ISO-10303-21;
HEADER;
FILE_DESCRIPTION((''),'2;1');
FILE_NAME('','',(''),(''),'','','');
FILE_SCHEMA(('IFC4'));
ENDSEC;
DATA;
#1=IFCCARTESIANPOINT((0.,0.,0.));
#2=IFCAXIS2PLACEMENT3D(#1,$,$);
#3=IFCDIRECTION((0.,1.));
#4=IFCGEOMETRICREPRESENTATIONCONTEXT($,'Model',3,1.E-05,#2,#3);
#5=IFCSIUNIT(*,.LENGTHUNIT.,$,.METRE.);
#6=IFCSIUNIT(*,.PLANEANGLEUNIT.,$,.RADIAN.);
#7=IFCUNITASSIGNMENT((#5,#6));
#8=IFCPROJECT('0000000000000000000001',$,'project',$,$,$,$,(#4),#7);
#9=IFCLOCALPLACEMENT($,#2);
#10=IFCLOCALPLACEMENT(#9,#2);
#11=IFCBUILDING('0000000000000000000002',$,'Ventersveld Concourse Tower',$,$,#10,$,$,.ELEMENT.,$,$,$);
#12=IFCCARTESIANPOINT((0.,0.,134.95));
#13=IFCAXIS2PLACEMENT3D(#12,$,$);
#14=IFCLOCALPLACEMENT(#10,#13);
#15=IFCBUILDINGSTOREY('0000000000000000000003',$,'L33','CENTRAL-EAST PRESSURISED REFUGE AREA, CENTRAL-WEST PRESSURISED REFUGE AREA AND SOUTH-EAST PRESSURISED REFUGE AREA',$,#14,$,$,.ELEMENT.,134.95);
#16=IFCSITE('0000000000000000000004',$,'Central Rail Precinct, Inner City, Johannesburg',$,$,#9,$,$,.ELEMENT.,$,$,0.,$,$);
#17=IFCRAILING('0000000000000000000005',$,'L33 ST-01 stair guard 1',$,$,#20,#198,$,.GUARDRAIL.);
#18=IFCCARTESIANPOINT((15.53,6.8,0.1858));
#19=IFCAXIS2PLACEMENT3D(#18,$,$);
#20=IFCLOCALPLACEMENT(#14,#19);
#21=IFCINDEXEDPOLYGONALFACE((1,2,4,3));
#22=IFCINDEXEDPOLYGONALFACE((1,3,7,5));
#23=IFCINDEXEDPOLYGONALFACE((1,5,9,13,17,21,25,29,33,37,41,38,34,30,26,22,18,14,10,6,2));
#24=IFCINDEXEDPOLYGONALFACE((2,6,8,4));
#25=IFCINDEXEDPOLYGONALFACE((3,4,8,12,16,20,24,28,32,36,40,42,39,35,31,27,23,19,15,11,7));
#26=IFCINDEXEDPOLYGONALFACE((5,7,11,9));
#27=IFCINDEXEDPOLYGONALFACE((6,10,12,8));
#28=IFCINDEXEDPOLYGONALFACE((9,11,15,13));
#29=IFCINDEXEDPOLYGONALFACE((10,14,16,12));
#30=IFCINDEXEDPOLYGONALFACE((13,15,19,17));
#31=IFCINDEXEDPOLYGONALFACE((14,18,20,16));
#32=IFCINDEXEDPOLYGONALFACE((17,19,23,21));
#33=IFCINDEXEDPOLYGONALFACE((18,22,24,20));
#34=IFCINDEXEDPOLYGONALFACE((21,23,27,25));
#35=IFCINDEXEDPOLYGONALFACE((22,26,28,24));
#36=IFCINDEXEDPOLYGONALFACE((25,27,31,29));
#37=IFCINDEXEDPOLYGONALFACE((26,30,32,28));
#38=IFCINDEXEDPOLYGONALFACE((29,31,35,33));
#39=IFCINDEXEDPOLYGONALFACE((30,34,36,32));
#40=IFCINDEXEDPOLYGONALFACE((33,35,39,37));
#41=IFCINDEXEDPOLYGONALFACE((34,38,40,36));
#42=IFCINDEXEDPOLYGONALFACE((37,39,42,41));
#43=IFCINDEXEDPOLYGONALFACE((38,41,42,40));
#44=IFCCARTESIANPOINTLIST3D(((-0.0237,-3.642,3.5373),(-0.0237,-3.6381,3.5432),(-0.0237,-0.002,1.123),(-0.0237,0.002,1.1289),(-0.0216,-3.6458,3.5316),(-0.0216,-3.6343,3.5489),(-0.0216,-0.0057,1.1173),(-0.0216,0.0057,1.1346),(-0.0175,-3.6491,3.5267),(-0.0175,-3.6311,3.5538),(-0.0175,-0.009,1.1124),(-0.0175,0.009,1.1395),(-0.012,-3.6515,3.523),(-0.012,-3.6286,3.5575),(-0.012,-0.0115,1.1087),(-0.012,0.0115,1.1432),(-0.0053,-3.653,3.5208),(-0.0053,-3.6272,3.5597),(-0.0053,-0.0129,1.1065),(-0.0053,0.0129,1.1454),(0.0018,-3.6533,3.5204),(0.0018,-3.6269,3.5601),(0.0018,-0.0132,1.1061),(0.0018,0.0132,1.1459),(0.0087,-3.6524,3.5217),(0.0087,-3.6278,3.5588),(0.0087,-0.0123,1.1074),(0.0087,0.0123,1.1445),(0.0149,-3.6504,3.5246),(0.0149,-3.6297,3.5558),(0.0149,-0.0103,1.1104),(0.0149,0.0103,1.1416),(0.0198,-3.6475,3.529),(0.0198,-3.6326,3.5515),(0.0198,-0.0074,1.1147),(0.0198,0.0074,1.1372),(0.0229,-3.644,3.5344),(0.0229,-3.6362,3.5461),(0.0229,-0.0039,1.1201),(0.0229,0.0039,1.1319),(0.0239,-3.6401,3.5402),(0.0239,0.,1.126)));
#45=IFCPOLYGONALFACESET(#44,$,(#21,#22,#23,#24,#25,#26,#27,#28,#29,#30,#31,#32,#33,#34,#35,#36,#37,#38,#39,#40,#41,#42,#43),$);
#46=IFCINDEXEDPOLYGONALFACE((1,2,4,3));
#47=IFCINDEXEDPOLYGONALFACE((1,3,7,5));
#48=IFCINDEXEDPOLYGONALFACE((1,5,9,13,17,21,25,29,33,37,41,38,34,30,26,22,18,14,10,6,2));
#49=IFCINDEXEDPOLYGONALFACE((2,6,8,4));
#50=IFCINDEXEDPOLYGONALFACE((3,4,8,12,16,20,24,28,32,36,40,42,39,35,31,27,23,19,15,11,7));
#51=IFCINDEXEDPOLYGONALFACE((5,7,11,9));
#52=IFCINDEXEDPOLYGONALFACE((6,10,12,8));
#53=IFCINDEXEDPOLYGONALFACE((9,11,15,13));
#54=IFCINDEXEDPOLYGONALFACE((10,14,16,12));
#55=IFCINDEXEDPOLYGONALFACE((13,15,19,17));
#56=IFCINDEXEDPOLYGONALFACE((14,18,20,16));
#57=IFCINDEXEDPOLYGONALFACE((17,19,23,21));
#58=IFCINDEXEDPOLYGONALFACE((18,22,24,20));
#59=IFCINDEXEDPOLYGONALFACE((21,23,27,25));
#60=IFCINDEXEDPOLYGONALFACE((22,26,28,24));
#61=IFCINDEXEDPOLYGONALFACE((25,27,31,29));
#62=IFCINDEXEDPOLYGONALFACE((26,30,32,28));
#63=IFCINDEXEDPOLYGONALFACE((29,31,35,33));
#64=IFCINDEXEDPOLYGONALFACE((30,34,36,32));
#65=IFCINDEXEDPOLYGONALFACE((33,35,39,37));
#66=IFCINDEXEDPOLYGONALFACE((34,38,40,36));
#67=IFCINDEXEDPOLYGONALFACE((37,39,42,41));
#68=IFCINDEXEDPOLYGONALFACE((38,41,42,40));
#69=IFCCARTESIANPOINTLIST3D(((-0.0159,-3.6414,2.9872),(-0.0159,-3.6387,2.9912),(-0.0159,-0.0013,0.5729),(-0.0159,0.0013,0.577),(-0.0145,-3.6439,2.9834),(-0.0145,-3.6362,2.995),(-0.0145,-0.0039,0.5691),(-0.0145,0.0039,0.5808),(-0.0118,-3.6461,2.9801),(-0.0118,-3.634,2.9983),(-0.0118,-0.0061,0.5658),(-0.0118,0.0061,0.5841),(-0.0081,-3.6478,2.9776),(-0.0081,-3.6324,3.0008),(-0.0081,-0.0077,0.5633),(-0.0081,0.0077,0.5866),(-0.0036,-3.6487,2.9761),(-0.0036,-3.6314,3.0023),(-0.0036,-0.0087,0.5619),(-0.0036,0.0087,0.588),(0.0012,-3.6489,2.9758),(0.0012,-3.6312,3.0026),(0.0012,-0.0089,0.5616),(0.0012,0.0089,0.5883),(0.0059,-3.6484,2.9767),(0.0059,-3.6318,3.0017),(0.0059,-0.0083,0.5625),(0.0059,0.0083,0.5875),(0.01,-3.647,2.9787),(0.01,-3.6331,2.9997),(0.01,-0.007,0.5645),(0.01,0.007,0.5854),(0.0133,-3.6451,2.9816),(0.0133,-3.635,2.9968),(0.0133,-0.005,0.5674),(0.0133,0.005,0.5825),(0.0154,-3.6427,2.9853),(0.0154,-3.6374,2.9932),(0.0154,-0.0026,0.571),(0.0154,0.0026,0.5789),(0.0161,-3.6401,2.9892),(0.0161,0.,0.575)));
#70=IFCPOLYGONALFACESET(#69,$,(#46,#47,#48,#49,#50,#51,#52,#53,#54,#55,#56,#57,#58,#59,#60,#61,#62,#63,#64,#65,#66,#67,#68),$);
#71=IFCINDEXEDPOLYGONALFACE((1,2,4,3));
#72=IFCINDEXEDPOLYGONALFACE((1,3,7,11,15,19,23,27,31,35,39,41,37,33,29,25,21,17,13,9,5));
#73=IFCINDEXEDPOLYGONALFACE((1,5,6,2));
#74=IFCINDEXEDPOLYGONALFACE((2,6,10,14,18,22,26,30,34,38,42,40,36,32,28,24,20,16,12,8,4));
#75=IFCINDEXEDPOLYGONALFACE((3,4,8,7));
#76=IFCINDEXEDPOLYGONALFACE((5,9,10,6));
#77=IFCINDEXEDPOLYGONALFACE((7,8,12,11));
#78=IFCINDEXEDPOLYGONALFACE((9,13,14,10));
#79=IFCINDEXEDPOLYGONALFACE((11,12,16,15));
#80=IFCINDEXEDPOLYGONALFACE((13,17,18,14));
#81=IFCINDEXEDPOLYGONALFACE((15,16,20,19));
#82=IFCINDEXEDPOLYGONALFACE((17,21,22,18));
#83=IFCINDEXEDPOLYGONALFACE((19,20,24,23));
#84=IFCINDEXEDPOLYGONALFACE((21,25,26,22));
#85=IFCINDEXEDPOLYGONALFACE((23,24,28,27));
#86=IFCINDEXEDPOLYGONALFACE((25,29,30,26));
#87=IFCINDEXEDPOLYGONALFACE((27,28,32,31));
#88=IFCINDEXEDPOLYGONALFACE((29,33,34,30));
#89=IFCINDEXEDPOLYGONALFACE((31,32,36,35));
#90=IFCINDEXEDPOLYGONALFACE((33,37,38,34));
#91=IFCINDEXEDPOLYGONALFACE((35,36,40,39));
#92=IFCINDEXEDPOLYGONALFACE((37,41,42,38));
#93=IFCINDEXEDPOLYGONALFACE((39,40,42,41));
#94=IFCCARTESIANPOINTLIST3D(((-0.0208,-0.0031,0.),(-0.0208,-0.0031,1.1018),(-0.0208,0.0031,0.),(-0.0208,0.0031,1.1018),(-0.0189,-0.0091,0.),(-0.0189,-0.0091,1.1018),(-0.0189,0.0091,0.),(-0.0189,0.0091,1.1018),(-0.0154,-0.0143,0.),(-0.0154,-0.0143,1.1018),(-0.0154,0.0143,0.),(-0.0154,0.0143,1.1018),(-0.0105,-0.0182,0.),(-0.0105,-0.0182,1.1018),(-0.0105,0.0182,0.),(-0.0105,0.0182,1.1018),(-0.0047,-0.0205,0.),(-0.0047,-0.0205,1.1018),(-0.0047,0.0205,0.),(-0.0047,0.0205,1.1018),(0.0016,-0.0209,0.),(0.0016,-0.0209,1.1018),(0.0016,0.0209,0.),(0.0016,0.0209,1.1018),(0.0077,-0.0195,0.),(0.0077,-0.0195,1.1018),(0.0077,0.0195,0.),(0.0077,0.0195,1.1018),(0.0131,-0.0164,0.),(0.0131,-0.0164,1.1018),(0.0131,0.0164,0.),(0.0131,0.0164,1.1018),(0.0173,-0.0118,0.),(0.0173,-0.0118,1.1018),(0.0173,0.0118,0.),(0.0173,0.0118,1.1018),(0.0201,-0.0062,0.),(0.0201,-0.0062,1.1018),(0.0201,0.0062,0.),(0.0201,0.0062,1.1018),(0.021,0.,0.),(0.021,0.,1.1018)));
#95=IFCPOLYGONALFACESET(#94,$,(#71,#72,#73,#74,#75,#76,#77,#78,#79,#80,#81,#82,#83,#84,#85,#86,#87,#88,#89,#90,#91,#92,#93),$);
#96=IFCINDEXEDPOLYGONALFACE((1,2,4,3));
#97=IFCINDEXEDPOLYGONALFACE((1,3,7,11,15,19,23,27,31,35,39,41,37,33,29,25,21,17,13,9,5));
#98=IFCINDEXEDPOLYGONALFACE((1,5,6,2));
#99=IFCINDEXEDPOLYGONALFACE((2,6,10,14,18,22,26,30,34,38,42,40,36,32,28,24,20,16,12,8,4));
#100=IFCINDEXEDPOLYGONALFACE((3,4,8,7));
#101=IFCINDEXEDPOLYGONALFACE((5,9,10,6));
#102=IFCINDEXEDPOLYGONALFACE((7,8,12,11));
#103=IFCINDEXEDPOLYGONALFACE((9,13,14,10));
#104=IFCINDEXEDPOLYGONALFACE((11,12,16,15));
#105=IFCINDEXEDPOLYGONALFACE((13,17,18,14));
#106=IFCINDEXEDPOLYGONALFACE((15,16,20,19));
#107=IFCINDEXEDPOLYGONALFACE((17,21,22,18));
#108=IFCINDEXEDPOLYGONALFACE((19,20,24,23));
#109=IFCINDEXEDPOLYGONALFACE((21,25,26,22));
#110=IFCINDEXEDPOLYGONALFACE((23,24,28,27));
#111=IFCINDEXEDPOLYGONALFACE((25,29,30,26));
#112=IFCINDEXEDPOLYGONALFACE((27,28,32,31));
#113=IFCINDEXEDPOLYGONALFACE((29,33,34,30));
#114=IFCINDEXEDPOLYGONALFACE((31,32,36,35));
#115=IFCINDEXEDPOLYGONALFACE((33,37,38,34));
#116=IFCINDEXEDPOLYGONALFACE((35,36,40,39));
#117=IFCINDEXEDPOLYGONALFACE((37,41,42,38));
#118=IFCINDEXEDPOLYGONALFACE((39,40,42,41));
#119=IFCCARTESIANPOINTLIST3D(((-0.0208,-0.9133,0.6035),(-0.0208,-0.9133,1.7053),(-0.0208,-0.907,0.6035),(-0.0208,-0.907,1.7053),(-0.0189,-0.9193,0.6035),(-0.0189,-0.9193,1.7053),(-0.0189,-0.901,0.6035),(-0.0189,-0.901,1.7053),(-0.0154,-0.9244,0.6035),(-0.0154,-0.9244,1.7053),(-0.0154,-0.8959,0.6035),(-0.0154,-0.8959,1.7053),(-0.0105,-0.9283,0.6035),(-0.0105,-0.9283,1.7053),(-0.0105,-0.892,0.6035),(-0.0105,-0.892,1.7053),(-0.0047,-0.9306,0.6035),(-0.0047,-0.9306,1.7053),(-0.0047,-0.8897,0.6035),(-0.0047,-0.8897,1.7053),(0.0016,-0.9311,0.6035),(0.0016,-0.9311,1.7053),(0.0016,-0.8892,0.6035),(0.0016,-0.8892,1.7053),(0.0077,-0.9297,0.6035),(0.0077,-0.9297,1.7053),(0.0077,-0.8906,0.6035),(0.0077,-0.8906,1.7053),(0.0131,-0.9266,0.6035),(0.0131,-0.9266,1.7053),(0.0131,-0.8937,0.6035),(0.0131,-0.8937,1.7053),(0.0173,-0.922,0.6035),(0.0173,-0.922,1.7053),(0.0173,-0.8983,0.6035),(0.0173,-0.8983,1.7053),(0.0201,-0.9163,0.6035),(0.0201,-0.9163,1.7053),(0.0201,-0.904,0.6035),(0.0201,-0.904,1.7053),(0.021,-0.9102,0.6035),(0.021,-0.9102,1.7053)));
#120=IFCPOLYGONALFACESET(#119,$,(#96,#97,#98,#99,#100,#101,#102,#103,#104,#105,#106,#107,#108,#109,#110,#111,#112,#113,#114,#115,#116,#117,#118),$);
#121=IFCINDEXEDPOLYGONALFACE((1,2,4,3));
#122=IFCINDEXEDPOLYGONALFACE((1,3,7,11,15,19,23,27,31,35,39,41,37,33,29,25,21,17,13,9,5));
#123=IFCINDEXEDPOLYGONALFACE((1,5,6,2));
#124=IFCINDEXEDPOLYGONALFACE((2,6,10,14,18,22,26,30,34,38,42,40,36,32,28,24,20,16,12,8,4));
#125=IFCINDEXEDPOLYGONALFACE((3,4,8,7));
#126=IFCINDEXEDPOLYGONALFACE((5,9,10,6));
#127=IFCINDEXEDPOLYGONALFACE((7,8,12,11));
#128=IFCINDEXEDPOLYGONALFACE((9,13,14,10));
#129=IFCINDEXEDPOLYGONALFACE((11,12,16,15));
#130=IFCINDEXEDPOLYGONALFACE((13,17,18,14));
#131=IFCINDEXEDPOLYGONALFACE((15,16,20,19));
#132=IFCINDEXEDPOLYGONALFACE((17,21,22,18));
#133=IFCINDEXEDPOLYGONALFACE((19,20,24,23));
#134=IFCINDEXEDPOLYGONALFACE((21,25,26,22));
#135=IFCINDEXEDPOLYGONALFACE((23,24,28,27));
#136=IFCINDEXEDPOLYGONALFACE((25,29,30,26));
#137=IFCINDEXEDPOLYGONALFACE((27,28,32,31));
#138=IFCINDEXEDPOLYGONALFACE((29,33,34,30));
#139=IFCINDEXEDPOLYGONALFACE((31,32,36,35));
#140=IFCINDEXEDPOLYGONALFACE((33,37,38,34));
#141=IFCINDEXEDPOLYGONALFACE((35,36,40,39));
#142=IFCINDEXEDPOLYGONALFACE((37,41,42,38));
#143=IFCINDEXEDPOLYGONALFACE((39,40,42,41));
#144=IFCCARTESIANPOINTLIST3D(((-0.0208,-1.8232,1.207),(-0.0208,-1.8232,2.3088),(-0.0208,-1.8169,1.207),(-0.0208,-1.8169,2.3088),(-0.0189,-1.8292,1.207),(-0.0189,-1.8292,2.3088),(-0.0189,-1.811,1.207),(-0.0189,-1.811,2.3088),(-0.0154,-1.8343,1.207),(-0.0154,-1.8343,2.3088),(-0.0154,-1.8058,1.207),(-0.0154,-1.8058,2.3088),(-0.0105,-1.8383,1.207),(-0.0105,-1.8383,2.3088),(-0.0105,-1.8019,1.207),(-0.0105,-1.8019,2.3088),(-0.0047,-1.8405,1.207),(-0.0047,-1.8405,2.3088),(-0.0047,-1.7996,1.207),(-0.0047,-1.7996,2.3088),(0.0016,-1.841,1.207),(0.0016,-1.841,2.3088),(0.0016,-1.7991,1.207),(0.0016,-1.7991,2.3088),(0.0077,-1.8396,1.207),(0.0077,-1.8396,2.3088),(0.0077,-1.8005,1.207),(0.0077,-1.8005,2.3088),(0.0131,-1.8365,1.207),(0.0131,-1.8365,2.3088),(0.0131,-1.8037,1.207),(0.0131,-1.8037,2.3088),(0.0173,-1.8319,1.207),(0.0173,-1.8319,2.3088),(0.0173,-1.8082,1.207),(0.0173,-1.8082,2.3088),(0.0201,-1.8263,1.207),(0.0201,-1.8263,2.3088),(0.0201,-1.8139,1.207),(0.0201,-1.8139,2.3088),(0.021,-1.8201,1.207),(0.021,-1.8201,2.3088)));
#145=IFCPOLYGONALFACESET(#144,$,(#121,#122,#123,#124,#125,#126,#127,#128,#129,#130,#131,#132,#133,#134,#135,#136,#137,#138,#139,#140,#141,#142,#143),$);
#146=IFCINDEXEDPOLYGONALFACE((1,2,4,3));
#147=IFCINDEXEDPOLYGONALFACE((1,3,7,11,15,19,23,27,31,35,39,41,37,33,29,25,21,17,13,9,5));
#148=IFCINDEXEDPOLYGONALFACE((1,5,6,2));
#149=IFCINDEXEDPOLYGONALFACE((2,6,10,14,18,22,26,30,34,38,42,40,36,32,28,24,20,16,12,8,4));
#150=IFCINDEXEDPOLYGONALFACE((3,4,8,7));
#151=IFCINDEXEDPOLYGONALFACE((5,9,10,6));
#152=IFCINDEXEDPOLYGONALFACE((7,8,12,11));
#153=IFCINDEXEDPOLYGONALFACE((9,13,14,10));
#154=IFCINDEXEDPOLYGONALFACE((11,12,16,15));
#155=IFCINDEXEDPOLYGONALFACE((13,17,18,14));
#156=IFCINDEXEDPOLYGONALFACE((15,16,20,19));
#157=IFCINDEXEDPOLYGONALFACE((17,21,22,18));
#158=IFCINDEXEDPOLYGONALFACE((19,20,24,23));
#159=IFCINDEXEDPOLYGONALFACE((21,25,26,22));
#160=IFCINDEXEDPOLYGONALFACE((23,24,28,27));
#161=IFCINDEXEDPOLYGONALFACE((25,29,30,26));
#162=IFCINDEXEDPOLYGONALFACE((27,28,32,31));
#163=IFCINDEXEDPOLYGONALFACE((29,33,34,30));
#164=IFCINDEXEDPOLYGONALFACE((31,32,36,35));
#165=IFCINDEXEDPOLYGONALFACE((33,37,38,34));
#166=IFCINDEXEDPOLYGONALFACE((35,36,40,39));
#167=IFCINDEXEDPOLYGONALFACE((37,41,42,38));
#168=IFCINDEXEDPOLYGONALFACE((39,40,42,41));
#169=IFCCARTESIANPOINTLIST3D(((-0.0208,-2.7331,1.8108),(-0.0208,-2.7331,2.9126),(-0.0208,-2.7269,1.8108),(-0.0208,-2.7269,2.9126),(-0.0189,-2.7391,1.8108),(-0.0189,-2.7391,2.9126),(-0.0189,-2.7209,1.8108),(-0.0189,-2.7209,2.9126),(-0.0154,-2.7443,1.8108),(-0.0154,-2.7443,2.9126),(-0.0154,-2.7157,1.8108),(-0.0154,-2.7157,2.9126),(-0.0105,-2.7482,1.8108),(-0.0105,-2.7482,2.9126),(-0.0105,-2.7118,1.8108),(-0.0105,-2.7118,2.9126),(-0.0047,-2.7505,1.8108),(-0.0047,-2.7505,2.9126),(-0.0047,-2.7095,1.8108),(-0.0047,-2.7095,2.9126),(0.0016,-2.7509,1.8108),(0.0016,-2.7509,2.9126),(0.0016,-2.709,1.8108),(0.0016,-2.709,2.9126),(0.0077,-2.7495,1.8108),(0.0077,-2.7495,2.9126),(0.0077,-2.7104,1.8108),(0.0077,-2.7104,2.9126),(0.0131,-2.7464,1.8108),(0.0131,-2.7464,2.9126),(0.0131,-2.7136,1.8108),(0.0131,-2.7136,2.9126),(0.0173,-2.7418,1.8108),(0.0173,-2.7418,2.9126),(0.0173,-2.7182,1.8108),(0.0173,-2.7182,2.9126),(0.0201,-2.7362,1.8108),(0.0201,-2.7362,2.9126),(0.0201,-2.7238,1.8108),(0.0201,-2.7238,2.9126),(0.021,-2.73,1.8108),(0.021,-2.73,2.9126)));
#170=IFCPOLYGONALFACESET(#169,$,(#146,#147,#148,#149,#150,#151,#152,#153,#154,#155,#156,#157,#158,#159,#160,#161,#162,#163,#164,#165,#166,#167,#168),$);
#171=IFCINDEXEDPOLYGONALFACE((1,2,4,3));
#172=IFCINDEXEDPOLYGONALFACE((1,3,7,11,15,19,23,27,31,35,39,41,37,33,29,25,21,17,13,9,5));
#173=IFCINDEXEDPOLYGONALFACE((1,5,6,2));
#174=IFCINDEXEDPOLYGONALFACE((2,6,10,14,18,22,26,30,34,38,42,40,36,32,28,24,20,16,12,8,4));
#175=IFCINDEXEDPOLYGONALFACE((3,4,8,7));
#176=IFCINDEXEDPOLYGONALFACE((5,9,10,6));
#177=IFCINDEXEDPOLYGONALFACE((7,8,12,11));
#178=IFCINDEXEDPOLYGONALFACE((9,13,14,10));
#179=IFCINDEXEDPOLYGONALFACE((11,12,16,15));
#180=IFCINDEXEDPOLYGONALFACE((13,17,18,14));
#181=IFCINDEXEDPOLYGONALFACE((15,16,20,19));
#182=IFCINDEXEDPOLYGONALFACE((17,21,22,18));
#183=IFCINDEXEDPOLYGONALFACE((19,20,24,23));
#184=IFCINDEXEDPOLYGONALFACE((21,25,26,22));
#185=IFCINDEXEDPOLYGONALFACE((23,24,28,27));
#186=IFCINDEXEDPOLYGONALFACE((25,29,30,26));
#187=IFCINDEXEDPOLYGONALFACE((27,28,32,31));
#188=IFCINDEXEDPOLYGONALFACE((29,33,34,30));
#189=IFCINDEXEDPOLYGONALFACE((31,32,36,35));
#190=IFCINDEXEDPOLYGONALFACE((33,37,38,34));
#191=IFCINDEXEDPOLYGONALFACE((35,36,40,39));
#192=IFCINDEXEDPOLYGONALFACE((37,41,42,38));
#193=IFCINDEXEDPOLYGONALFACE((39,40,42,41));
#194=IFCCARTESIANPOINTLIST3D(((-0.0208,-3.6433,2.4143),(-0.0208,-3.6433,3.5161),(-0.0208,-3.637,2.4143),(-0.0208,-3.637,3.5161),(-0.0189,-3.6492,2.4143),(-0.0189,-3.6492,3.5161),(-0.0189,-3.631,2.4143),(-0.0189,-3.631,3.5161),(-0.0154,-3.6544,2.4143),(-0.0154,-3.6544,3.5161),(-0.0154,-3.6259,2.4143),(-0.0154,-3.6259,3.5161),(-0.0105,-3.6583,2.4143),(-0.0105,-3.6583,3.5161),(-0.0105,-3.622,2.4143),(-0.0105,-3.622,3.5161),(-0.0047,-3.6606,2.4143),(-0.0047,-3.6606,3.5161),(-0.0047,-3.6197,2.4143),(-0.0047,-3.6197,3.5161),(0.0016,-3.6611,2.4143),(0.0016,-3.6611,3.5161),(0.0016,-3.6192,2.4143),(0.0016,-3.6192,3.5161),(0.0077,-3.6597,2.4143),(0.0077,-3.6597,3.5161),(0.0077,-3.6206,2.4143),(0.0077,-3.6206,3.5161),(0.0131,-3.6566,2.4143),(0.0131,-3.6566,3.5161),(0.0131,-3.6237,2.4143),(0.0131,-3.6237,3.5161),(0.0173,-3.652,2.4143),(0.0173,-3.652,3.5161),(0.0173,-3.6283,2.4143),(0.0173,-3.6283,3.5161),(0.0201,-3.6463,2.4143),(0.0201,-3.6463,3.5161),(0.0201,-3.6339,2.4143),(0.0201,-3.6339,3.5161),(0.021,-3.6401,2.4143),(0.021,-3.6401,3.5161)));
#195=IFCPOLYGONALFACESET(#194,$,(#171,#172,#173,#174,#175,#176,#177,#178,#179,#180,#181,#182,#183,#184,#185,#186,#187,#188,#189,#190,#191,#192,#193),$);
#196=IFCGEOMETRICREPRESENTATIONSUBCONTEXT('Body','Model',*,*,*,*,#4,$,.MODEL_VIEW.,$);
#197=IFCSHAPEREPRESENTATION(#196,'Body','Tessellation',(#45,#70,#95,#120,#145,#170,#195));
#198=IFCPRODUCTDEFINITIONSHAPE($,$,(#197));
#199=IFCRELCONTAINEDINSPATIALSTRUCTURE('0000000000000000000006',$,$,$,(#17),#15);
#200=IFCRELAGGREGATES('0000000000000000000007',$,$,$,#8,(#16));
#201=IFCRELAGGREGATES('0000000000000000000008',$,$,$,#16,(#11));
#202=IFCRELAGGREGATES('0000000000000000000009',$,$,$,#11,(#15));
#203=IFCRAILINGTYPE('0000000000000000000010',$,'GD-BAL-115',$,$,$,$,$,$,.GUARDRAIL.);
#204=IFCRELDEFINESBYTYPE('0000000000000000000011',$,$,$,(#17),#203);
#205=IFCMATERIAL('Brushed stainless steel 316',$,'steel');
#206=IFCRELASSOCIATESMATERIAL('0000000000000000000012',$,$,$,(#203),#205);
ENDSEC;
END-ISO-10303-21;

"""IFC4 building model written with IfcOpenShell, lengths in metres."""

from ifc_helpers import new_model, si_unit, direction, frame, origin, origin_2d, place, context, subcontext, project, spatial, circle, extrude, material, type_object, element, save


model = new_model("IFC4")

# Units and contexts
model_context = context("Model", 3, precision=1e-05, world=origin(), true_north=direction((0.0, 1.0)))
body_context = subcontext(model_context, "Body", "Model", "MODEL_VIEW")
ifc_project = project(units=[si_unit("LENGTHUNIT", "METRE"), si_unit("PLANEANGLEUNIT", "RADIAN")], contexts=[model_context])

# Site, building, storey
site_placement = place(None, origin())
site = spatial("IfcSite", under=ifc_project, at=site_placement, Name="Central Rail Precinct, Inner City, Johannesburg", CompositionType="ELEMENT", RefElevation=0.0)
building_placement = place(site_placement, origin())
building = spatial("IfcBuilding", under=site, at=building_placement, Name="Ventersveld Concourse Tower", CompositionType="ELEMENT")
storey_placement = place(building_placement, frame((0.0, 0.0, 134.95)))
storey = spatial("IfcBuildingStorey", under=building, at=storey_placement, Name="L33", Description="CENTRAL-EAST PRESSURISED REFUGE AREA, CENTRAL-WEST PRESSURISED REFUGE AREA AND SOUTH-EAST PRESSURISED REFUGE AREA", CompositionType="ELEMENT", Elevation=134.95)

# Shared definitions
ifc_material_1 = material(Name="Brushed stainless steel 316", Category="steel")

# Railing
railing_type_1 = type_object("IfcRailingType", Name="GD-BAL-115", PredefinedType="GUARDRAIL", material=ifc_material_1)
railing_1_placement = place(storey_placement, frame((15.53, 6.8, 0.1858)))
element("IfcRailing", 1, at=railing_1_placement, inside=storey, type_object=railing_type_1, Name="L33 ST-01 stair guard 1", PredefinedType="GUARDRAIL", context=body_context, shape_type="SweptSolid", body=[
    extrude(circle(Radius=0.0239, at=origin_2d()), frame((0.0, 0.0, 1.126), z_axis=(0.0, -0.833364, 0.552725), x_axis=(1.0, 0.0, 0.0)), (0.0, 0.0, 1.0), 4.3679),
    extrude(circle(Radius=0.0161, at=origin_2d()), frame((0.0, 0.0, 0.575), z_axis=(0.0, -0.833364, 0.552725), x_axis=(1.0, 0.0, 0.0)), (0.0, 0.0, 1.0), 4.3679),
    extrude(circle(Radius=0.021, at=origin_2d()), origin(), (0.0, 0.0, 1.0), 1.1018),
    extrude(circle(Radius=0.021, at=origin_2d()), frame((0.0, -0.9102, 0.6035)), (0.0, 0.0, 1.0), 1.1018),
    extrude(circle(Radius=0.021, at=origin_2d()), frame((0.0, -1.8201, 1.207)), (0.0, 0.0, 1.0), 1.1018),
    extrude(circle(Radius=0.021, at=origin_2d()), frame((0.0, -2.73, 1.8108)), (0.0, 0.0, 1.0), 1.1018),
    extrude(circle(Radius=0.021, at=origin_2d()), frame((0.0, -3.6401, 2.4143)), (0.0, 0.0, 1.0), 1.1018),
])

save(model, "model.ifc")
